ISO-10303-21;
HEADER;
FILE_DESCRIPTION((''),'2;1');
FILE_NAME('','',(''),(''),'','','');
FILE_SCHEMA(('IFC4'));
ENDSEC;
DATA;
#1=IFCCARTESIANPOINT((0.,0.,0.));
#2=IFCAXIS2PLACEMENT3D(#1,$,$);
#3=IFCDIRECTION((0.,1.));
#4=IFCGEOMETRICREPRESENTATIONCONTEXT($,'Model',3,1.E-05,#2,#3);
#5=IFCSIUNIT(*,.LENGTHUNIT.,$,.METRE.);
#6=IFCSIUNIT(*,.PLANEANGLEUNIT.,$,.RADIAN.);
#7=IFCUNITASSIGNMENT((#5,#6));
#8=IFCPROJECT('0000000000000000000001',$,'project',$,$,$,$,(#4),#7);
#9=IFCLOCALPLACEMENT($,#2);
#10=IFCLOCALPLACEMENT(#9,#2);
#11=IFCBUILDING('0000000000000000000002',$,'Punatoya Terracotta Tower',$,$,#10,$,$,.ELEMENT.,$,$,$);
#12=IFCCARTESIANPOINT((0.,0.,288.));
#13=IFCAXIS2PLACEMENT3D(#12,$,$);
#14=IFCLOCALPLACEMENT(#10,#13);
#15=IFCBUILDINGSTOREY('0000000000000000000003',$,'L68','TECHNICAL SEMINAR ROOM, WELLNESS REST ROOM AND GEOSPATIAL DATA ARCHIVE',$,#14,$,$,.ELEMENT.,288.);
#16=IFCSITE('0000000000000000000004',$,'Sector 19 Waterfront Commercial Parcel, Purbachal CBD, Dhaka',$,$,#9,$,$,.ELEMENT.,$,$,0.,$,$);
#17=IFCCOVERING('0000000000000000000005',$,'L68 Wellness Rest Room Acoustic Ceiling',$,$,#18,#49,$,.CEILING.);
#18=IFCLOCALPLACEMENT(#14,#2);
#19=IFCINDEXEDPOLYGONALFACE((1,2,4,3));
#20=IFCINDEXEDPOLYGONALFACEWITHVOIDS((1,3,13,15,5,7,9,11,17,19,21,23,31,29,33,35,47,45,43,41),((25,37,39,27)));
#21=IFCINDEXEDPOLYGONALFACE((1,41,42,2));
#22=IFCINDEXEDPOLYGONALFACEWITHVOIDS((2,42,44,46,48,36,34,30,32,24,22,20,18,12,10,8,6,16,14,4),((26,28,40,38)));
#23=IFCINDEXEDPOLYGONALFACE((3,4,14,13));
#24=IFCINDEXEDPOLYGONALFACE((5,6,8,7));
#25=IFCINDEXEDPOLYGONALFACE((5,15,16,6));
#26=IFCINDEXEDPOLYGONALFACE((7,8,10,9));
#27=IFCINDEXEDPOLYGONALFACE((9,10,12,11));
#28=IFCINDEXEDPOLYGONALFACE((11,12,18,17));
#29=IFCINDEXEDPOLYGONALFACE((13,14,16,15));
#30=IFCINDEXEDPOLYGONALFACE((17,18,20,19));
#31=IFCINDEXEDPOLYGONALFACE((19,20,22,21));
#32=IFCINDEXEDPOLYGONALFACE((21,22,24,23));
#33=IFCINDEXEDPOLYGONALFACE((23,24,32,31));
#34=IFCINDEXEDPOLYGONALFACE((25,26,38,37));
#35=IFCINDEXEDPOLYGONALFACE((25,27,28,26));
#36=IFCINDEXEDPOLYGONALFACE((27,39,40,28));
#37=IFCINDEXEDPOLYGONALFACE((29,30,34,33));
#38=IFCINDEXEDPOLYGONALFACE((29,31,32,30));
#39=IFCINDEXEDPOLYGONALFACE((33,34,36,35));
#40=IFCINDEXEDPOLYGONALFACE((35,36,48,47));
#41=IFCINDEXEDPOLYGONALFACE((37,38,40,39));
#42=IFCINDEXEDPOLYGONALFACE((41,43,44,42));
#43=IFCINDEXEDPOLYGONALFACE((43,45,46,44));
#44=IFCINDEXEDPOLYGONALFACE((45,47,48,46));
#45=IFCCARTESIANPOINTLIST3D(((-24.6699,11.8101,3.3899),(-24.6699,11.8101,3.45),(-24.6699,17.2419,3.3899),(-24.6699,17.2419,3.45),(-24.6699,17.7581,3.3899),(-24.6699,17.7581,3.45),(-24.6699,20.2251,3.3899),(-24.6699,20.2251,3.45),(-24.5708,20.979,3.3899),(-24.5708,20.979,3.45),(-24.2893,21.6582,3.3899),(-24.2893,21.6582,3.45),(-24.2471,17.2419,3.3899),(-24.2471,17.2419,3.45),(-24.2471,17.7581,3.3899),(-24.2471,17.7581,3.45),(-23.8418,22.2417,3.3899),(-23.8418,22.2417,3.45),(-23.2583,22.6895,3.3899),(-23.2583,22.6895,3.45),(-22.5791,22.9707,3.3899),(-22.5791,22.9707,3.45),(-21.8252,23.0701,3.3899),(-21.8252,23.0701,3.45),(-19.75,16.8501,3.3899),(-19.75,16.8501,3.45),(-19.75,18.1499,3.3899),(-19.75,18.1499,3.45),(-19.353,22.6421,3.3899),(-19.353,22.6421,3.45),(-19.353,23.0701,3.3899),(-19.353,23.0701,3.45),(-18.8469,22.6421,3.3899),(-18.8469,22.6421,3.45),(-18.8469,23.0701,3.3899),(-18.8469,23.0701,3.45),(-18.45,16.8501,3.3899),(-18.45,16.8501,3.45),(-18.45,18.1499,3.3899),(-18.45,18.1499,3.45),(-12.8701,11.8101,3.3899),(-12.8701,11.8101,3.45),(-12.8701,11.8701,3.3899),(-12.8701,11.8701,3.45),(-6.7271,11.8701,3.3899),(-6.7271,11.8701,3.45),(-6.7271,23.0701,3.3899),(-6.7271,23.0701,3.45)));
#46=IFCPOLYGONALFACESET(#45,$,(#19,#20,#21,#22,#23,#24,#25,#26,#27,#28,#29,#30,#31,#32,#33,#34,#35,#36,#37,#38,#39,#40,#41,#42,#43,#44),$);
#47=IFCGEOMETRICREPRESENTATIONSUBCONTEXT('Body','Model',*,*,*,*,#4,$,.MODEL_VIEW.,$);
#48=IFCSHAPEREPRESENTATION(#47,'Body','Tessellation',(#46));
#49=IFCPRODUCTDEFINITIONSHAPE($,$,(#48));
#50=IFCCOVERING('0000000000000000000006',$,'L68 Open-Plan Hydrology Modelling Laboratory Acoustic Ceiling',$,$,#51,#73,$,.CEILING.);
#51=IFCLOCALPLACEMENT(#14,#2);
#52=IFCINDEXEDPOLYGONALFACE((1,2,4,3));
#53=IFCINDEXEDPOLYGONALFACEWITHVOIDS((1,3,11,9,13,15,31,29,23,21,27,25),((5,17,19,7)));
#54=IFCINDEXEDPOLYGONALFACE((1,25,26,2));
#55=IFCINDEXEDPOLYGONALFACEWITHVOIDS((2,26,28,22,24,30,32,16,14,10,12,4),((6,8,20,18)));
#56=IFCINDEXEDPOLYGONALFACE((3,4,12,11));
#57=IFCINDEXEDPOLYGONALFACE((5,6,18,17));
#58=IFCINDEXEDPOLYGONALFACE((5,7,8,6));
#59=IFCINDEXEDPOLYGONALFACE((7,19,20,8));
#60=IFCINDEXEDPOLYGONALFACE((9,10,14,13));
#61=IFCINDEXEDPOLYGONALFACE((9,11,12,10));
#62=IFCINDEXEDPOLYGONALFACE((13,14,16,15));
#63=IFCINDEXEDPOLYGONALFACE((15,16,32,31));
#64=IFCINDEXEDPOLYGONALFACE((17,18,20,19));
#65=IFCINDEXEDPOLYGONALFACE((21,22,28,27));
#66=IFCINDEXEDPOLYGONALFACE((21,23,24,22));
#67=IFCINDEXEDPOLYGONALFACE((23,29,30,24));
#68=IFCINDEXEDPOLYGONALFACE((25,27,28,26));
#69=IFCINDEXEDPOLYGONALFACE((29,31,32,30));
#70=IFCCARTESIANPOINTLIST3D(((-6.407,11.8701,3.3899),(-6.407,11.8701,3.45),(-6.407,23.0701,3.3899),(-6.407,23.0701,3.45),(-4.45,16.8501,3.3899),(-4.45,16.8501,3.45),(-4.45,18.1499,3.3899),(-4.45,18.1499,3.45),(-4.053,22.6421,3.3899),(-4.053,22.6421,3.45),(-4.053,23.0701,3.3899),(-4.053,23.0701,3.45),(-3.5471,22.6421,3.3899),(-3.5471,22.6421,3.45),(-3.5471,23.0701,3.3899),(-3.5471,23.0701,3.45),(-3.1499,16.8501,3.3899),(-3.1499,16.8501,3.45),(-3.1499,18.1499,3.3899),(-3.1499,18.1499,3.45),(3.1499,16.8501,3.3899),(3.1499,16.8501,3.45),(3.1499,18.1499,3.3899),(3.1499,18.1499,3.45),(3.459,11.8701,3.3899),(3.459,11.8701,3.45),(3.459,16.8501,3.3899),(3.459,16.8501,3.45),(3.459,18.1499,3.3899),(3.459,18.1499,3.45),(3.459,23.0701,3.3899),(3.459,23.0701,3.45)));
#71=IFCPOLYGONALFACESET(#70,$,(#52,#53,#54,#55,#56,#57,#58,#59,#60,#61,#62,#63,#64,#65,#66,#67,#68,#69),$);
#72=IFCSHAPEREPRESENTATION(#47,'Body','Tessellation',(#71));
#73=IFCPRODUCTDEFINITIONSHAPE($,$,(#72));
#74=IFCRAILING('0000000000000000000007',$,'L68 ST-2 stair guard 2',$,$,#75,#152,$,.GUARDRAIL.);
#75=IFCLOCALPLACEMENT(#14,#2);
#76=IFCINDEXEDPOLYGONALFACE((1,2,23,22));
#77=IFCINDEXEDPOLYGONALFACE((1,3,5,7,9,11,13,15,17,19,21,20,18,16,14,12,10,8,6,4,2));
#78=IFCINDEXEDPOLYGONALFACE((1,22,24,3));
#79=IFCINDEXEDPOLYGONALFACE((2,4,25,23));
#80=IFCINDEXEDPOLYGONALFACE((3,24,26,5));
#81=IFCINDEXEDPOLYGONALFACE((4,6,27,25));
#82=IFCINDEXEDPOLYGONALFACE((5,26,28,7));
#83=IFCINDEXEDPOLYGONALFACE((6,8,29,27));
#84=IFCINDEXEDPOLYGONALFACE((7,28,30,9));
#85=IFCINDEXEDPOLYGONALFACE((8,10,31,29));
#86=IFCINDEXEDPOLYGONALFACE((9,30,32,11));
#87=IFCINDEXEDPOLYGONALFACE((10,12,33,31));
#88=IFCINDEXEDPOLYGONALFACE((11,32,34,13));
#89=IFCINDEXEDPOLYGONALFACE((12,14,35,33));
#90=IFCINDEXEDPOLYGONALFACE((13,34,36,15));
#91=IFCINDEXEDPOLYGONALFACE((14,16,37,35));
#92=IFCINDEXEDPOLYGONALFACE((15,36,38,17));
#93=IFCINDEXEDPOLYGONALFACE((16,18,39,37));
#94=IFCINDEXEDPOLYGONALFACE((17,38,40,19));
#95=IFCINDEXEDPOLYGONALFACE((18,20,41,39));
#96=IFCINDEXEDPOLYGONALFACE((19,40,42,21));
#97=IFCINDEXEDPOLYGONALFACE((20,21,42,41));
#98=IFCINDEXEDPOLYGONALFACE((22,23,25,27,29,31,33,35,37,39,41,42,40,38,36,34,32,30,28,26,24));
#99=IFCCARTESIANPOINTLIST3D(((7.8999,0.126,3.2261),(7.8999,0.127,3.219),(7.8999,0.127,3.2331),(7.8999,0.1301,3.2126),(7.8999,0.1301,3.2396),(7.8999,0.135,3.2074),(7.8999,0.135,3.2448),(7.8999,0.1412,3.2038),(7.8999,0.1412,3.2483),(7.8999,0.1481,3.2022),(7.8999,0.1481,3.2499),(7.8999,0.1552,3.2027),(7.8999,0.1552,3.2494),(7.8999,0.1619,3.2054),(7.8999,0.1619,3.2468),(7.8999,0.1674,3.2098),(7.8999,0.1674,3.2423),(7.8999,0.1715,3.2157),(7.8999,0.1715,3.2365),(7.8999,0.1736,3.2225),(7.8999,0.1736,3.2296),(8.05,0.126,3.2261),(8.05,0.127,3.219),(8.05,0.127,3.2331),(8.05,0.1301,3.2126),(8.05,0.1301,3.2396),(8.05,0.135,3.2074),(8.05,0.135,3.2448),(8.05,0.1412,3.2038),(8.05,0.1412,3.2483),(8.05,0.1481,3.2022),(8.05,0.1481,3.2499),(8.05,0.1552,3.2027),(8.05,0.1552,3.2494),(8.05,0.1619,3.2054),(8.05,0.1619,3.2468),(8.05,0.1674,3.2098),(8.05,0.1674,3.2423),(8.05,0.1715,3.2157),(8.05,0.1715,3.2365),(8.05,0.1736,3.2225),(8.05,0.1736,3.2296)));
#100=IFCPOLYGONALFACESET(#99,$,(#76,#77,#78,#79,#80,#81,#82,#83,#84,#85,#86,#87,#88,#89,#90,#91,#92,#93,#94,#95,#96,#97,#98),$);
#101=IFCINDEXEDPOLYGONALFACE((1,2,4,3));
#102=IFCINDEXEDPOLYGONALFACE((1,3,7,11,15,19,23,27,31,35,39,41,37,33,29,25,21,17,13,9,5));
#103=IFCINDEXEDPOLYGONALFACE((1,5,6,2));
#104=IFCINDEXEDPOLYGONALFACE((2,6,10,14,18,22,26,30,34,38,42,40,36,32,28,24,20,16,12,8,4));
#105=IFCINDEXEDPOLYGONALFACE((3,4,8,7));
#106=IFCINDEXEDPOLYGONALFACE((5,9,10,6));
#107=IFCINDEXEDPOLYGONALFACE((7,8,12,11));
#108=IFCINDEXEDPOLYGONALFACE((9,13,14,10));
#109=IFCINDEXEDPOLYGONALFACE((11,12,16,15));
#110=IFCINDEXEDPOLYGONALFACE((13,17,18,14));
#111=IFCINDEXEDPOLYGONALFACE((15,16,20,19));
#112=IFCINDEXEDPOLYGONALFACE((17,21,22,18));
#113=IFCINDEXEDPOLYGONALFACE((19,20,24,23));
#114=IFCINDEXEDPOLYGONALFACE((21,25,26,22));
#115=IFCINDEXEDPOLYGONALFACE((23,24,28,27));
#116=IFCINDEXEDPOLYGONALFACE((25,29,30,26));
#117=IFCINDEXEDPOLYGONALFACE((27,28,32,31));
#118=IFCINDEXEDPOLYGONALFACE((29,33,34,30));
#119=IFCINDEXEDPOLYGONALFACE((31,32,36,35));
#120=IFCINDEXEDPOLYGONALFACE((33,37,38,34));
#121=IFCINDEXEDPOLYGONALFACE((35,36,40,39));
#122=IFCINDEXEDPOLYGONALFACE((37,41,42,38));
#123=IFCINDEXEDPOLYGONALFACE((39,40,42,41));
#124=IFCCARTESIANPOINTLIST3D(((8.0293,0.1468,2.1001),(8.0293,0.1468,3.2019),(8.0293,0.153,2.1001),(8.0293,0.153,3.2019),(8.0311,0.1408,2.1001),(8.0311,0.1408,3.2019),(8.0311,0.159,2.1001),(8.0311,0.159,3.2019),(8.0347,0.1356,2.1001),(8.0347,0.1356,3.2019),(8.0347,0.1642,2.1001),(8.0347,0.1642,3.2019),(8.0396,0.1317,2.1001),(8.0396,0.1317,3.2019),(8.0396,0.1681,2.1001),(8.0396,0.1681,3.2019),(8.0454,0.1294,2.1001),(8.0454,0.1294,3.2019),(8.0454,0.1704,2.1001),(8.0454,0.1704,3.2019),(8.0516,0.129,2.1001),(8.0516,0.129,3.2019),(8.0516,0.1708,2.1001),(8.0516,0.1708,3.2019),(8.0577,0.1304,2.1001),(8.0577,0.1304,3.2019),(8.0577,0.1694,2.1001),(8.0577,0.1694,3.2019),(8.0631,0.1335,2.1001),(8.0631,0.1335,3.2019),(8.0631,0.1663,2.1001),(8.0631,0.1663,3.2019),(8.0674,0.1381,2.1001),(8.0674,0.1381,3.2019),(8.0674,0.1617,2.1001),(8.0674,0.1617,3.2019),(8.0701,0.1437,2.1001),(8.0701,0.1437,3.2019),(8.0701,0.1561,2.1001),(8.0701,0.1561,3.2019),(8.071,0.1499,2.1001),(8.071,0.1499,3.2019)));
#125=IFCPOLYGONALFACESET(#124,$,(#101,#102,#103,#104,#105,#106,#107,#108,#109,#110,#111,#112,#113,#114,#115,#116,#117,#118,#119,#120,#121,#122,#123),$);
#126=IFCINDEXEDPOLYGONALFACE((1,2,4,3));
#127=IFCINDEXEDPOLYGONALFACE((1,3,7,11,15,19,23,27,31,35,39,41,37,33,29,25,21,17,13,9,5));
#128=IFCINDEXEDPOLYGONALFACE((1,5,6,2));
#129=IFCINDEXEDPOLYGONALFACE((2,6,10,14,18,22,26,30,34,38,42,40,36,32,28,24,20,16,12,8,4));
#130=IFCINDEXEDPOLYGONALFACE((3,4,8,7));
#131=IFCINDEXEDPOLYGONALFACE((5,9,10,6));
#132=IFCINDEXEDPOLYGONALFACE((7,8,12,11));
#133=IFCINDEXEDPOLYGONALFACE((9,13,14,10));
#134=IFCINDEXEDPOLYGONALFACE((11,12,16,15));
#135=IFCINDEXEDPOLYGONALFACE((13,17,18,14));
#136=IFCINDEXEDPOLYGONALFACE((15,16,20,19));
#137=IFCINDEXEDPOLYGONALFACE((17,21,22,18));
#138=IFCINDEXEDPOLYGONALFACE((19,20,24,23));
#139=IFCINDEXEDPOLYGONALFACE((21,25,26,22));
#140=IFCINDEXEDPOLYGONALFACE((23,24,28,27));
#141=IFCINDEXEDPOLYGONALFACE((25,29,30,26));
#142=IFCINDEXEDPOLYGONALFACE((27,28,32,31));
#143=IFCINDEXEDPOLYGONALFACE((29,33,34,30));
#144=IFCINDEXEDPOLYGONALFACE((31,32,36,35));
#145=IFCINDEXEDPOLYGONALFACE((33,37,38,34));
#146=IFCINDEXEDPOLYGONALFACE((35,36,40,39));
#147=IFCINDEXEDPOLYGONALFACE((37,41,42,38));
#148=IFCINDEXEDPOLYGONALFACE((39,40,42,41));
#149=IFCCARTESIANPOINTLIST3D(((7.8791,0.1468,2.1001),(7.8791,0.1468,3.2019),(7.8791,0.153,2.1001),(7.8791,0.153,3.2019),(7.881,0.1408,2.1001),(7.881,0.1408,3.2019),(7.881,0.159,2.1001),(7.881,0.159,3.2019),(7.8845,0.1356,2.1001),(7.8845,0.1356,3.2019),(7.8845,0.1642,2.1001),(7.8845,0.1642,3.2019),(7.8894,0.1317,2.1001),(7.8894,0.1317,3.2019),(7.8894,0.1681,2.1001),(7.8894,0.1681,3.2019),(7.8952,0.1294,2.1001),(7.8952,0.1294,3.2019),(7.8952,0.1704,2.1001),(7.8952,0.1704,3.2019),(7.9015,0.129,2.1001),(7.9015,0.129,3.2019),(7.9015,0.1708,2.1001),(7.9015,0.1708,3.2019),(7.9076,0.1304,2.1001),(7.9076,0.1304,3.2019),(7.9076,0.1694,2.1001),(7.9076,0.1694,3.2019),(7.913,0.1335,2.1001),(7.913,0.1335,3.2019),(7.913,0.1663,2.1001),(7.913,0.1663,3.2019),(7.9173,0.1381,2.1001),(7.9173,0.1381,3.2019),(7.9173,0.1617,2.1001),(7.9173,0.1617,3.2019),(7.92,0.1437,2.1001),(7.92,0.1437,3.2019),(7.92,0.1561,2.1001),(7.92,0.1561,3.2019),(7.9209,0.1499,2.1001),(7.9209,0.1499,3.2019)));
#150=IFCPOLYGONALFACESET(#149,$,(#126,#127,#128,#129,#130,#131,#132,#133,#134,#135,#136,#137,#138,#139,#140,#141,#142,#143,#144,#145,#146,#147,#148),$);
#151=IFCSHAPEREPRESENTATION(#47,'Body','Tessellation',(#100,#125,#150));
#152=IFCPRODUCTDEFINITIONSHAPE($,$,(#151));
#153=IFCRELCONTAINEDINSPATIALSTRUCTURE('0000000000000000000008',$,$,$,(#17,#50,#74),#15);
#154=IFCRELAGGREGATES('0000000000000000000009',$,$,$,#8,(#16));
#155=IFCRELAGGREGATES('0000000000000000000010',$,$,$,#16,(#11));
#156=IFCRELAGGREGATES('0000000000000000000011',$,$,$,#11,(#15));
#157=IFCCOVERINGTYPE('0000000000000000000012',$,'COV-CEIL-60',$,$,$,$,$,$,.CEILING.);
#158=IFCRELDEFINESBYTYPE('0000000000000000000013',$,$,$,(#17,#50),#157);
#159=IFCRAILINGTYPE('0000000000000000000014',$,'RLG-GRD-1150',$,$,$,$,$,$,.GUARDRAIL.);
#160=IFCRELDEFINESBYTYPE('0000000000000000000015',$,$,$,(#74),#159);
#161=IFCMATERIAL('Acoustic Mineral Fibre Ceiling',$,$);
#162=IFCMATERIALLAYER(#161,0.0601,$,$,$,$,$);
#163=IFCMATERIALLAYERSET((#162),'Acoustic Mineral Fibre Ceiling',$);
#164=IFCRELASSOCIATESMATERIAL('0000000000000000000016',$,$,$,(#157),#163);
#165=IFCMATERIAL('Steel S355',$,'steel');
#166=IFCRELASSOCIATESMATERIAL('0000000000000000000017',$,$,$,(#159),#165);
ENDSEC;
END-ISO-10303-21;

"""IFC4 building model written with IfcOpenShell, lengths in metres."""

from ifc_helpers import new_model, si_unit, direction, frame, origin, origin_2d, place, context, subcontext, project, spatial, polyline, circle, outline, extrude, material, layer, layer_set, type_object, element, save


model = new_model("IFC4")

# Units and contexts
model_context = context("Model", 3, precision=1e-05, world=origin(), true_north=direction((0.0, 1.0)))
body_context = subcontext(model_context, "Body", "Model", "MODEL_VIEW")
ifc_project = project(units=[si_unit("LENGTHUNIT", "METRE"), si_unit("PLANEANGLEUNIT", "RADIAN")], contexts=[model_context])

# Site, building, storey
site_placement = place(None, origin())
site = spatial("IfcSite", under=ifc_project, at=site_placement, Name="Sector 19 Waterfront Commercial Parcel, Purbachal CBD, Dhaka", CompositionType="ELEMENT", RefElevation=0.0)
building_placement = place(site_placement, origin())
building = spatial("IfcBuilding", under=site, at=building_placement, Name="Punatoya Terracotta Tower", CompositionType="ELEMENT")
storey_placement = place(building_placement, frame((0.0, 0.0, 288.0)))
storey = spatial("IfcBuildingStorey", under=building, at=storey_placement, Name="L68", Description="TECHNICAL SEMINAR ROOM, WELLNESS REST ROOM AND GEOSPATIAL DATA ARCHIVE", CompositionType="ELEMENT", Elevation=288.0)

# Shared definitions
ifc_material_1 = material(Name="Steel S355", Category="steel")

# Coverings
ifc_material_2 = material(Name="Acoustic Mineral Fibre Ceiling")
ifc_layer_1 = layer(ifc_material_2, 0.0601)
ifc_layer_set_1 = layer_set([ifc_layer_1], Name="Acoustic Mineral Fibre Ceiling")
covering_type = type_object("IfcCoveringType", Name="COV-CEIL-60", PredefinedType="CEILING", material=ifc_layer_set_1)
covering_1_placement = place(storey_placement, frame((0.0, 0.0, 3.3899)))
element("IfcCovering", 1, at=covering_1_placement, inside=storey, type_object=covering_type, Name="L68 Wellness Rest Room Acoustic Ceiling", PredefinedType="CEILING", context=body_context, shape_type="SweptSolid", body=[
    extrude(outline(polyline([(-18.8469, 23.0701), (-18.8469, 22.6421), (-19.353, 22.6421), (-19.353, 23.0701), (-21.8252, 23.0701), (-22.5791, 22.9707), (-23.2583, 22.6895), (-23.8418, 22.2417), (-24.2893, 21.6582), (-24.5708, 20.979), (-24.6699, 20.2251), (-24.6699, 17.7581), (-24.2471, 17.7581), (-24.2471, 17.2419), (-24.6699, 17.2419), (-24.6699, 11.8101), (-12.8701, 11.8101), (-12.8701, 11.8701), (-6.7271, 11.8701), (-6.7271, 23.0701), (-18.8469, 23.0701)]), holes=[polyline([(-19.75, 18.1499), (-18.45, 18.1499), (-18.45, 16.8501), (-19.75, 16.8501), (-19.75, 18.1499)])]), origin(), (0.0, 0.0, 1.0), 0.0601),
])
covering_2_placement = place(storey_placement, frame((0.0, 0.0, 3.3899)))
element("IfcCovering", 2, at=covering_2_placement, inside=storey, type_object=covering_type, Name="L68 Open-Plan Hydrology Modelling Laboratory Acoustic Ceiling", PredefinedType="CEILING", context=body_context, shape_type="SweptSolid", body=[
    extrude(outline(polyline([(3.459, 23.0701), (-3.5471, 23.0701), (-3.5471, 22.6421), (-4.053, 22.6421), (-4.053, 23.0701), (-6.407, 23.0701), (-6.407, 11.8701), (3.459, 11.8701), (3.459, 16.8501), (3.1499, 16.8501), (3.1499, 18.1499), (3.459, 18.1499), (3.459, 23.0701)]), holes=[polyline([(-4.45, 16.8501), (-4.45, 18.1499), (-3.1499, 18.1499), (-3.1499, 16.8501), (-4.45, 16.8501)])]), origin(), (0.0, 0.0, 1.0), 0.0601),
])

# Railing
railing_type_1 = type_object("IfcRailingType", Name="RLG-GRD-1150", PredefinedType="GUARDRAIL", material=ifc_material_1)
railing_1_placement = place(storey_placement, frame((8.05, 0.1499, 2.1001)))
element("IfcRailing", 3, at=railing_1_placement, inside=storey, type_object=railing_type_1, Name="L68 ST-2 stair guard 2", PredefinedType="GUARDRAIL", context=body_context, shape_type="SweptSolid", body=[
    extrude(circle(Radius=0.0239, at=origin_2d()), frame((0.0, 0.0, 1.126), z_axis=(-1.0, 0.0, 0.0), x_axis=(0.0, -1.0, 0.0)), (0.0, 0.0, 1.0), 0.1501),
    extrude(circle(Radius=0.021, at=origin_2d()), origin(), (0.0, 0.0, 1.0), 1.1018),
    extrude(circle(Radius=0.021, at=origin_2d()), frame((-0.1501, 0.0, 0.0)), (0.0, 0.0, 1.0), 1.1018),
])

save(model, "model.ifc")
